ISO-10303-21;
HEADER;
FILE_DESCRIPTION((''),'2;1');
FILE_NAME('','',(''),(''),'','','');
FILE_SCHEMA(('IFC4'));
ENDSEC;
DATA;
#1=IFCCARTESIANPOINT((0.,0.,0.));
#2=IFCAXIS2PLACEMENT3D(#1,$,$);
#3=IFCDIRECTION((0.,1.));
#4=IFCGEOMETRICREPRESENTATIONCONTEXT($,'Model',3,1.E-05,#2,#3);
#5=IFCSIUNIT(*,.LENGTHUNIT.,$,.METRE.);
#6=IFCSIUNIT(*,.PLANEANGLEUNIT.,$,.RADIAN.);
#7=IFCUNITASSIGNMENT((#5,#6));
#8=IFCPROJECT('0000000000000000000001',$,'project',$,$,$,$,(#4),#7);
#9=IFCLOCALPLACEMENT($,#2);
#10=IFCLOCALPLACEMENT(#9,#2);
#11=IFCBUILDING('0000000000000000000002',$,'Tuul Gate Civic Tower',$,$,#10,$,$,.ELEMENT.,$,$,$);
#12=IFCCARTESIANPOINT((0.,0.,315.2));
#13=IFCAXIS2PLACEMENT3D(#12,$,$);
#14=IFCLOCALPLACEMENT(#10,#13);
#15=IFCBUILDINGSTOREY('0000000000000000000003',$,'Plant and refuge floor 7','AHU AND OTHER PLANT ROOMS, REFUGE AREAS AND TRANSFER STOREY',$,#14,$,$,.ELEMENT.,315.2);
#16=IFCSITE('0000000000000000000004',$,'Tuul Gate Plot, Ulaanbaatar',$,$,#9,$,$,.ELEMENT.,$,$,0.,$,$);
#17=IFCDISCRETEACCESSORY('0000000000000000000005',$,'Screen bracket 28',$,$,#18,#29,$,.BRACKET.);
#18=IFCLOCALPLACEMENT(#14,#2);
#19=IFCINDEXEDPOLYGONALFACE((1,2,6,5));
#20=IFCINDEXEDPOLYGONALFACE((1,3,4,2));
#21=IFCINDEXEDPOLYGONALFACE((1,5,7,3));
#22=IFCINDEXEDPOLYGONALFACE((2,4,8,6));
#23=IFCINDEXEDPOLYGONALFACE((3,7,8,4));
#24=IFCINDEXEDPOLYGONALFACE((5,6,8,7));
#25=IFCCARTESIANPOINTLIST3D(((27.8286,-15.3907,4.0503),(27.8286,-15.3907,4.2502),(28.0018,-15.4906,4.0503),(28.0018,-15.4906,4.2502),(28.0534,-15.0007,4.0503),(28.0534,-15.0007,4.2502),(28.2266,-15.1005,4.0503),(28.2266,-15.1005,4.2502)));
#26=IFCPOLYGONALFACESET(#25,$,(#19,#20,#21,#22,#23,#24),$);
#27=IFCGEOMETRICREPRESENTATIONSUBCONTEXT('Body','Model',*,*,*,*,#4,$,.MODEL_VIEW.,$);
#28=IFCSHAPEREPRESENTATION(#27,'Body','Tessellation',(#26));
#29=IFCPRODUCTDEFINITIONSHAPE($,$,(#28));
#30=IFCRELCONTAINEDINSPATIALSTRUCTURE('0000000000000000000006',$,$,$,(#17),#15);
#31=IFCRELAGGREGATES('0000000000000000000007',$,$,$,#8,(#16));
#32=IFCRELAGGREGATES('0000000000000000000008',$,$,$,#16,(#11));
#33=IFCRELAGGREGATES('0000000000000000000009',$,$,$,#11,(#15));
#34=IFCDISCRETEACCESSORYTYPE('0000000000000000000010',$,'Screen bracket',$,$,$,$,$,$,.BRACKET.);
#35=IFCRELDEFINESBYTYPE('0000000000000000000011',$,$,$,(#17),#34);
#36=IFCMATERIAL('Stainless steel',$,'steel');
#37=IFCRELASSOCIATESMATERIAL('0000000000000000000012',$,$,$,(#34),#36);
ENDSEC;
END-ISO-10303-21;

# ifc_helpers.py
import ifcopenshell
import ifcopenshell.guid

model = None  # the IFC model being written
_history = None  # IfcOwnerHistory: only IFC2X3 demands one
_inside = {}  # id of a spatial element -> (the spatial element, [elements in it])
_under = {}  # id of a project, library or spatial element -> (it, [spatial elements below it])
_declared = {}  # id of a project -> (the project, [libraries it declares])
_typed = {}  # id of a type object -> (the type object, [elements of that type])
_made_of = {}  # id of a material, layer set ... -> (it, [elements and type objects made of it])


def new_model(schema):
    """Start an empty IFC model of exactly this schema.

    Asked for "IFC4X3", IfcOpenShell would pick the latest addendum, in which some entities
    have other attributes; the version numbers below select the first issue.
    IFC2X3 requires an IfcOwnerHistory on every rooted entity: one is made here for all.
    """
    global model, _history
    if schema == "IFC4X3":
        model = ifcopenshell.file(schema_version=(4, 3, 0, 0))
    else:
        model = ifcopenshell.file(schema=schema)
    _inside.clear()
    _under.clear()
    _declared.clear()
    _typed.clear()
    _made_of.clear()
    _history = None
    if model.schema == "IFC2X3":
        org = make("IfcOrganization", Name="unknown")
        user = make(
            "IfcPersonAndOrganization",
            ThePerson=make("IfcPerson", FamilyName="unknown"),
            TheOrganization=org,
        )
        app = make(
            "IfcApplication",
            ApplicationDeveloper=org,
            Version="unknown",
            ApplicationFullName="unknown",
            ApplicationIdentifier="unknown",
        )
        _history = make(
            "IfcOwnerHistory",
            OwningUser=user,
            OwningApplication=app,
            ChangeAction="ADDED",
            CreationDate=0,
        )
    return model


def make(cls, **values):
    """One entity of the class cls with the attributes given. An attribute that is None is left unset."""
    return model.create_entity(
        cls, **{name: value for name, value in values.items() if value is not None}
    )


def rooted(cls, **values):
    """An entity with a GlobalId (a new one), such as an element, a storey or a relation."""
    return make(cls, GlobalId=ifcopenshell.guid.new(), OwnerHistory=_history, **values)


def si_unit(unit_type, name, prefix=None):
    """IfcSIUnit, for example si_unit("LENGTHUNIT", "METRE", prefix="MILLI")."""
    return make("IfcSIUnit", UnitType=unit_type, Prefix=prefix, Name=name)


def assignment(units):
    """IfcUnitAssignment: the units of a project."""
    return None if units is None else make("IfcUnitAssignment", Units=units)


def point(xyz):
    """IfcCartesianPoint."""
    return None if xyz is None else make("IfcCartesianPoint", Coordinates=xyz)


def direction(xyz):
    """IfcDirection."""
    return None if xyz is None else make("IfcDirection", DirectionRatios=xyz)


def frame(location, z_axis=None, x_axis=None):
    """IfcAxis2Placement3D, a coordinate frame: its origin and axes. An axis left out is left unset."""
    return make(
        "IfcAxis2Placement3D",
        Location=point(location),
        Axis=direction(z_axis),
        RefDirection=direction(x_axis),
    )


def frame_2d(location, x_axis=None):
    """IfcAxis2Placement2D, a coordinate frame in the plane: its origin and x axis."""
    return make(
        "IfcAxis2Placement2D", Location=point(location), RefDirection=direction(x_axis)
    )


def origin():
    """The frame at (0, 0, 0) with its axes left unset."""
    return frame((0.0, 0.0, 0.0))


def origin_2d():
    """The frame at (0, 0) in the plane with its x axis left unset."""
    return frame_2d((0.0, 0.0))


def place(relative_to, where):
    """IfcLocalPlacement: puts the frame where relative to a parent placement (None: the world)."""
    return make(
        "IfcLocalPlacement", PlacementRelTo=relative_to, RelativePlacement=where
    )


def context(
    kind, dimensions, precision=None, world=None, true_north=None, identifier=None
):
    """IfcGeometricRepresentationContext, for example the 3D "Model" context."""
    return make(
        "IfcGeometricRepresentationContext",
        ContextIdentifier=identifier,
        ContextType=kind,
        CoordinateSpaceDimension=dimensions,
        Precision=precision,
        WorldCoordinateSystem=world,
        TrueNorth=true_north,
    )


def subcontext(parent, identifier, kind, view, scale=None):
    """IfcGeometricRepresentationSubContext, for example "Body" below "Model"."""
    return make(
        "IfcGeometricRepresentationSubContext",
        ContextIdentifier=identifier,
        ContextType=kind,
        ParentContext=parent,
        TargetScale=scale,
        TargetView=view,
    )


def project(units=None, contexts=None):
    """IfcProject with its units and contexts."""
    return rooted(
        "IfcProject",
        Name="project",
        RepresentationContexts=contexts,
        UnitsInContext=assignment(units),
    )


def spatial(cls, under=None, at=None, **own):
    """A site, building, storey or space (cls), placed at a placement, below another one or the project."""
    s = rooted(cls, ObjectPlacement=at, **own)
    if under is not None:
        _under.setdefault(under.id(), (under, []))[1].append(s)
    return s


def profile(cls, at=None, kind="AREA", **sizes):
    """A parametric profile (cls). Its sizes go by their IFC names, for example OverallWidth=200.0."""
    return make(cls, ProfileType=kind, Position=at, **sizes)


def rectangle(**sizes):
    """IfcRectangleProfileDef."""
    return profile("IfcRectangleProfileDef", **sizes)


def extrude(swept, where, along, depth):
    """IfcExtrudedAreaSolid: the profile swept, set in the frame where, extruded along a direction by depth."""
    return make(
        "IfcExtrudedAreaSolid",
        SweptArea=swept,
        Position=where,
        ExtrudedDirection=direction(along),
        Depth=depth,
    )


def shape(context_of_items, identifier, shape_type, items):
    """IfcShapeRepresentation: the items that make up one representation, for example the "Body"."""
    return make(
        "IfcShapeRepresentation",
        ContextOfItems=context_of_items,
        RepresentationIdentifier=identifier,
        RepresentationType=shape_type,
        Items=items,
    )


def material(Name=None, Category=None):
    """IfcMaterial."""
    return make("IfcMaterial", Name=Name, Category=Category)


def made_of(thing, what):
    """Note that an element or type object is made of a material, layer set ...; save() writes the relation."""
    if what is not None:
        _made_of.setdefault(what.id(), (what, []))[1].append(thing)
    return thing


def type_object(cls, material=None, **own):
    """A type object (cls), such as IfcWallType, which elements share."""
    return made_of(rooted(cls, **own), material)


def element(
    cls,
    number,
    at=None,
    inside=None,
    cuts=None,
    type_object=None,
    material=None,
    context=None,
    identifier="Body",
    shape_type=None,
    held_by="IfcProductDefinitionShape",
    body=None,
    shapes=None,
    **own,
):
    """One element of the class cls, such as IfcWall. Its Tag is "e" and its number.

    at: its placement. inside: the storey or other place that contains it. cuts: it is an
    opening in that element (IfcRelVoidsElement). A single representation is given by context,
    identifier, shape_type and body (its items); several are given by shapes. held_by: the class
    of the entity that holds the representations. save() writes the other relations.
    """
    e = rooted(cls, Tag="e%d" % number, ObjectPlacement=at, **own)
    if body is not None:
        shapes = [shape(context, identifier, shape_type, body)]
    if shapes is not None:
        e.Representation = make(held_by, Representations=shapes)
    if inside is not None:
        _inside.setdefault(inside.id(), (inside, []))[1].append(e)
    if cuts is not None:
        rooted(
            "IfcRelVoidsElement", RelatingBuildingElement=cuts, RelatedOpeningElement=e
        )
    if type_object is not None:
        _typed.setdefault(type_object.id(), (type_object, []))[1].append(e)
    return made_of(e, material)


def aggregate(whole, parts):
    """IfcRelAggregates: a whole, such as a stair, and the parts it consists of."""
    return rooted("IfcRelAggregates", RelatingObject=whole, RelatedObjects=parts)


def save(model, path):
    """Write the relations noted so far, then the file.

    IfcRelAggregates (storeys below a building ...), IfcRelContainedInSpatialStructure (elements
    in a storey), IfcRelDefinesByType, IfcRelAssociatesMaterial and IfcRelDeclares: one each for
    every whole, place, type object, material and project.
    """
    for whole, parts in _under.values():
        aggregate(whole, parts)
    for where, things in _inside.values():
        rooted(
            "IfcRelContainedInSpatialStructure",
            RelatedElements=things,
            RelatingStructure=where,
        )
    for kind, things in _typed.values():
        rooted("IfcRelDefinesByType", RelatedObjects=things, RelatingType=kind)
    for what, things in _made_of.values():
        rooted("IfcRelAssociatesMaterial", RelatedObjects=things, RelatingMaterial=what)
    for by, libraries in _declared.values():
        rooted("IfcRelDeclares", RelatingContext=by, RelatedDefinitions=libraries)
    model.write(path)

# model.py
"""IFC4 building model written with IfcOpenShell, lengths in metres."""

from ifc_helpers import new_model, si_unit, direction, frame, origin, origin_2d, place, context, subcontext, project, spatial, rectangle, extrude, material, type_object, element, save


model = new_model("IFC4")

# Units and contexts
model_context = context("Model", 3, precision=1e-05, world=origin(), true_north=direction((0.0, 1.0)))
body_context = subcontext(model_context, "Body", "Model", "MODEL_VIEW")
ifc_project = project(units=[si_unit("LENGTHUNIT", "METRE"), si_unit("PLANEANGLEUNIT", "RADIAN")], contexts=[model_context])

# Site, building, storey
site_placement = place(None, origin())
site = spatial("IfcSite", under=ifc_project, at=site_placement, Name="Tuul Gate Plot, Ulaanbaatar", CompositionType="ELEMENT", RefElevation=0.0)
building_placement = place(site_placement, origin())
building = spatial("IfcBuilding", under=site, at=building_placement, Name="Tuul Gate Civic Tower", CompositionType="ELEMENT")
storey_placement = place(building_placement, frame((0.0, 0.0, 315.2)))
storey = spatial("IfcBuildingStorey", under=building, at=storey_placement, Name="Plant and refuge floor 7", Description="AHU AND OTHER PLANT ROOMS, REFUGE AREAS AND TRANSFER STOREY", CompositionType="ELEMENT", Elevation=315.2)

# Discrete accessory
ifc_material_1 = material(Name="Stainless steel", Category="steel")
discrete_accessory_type_1 = type_object("IfcDiscreteAccessoryType", Name="Screen bracket", PredefinedType="BRACKET", material=ifc_material_1)
discrete_accessory_1_placement = place(storey_placement, frame((28.0276, -15.2456, 4.0503), z_axis=(0.0, 0.0, 1.0), x_axis=(-0.499373, -0.866387, 0.0)))
element("IfcDiscreteAccessory", 1, at=discrete_accessory_1_placement, inside=storey, type_object=discrete_accessory_type_1, Name="Screen bracket 28", PredefinedType="BRACKET", context=body_context, shape_type="SweptSolid", body=[
    extrude(rectangle(XDim=0.4502, YDim=0.2, at=origin_2d()), origin(), (0.0, 0.0, 1.0), 0.2),
])

save(model, "model.ifc")
